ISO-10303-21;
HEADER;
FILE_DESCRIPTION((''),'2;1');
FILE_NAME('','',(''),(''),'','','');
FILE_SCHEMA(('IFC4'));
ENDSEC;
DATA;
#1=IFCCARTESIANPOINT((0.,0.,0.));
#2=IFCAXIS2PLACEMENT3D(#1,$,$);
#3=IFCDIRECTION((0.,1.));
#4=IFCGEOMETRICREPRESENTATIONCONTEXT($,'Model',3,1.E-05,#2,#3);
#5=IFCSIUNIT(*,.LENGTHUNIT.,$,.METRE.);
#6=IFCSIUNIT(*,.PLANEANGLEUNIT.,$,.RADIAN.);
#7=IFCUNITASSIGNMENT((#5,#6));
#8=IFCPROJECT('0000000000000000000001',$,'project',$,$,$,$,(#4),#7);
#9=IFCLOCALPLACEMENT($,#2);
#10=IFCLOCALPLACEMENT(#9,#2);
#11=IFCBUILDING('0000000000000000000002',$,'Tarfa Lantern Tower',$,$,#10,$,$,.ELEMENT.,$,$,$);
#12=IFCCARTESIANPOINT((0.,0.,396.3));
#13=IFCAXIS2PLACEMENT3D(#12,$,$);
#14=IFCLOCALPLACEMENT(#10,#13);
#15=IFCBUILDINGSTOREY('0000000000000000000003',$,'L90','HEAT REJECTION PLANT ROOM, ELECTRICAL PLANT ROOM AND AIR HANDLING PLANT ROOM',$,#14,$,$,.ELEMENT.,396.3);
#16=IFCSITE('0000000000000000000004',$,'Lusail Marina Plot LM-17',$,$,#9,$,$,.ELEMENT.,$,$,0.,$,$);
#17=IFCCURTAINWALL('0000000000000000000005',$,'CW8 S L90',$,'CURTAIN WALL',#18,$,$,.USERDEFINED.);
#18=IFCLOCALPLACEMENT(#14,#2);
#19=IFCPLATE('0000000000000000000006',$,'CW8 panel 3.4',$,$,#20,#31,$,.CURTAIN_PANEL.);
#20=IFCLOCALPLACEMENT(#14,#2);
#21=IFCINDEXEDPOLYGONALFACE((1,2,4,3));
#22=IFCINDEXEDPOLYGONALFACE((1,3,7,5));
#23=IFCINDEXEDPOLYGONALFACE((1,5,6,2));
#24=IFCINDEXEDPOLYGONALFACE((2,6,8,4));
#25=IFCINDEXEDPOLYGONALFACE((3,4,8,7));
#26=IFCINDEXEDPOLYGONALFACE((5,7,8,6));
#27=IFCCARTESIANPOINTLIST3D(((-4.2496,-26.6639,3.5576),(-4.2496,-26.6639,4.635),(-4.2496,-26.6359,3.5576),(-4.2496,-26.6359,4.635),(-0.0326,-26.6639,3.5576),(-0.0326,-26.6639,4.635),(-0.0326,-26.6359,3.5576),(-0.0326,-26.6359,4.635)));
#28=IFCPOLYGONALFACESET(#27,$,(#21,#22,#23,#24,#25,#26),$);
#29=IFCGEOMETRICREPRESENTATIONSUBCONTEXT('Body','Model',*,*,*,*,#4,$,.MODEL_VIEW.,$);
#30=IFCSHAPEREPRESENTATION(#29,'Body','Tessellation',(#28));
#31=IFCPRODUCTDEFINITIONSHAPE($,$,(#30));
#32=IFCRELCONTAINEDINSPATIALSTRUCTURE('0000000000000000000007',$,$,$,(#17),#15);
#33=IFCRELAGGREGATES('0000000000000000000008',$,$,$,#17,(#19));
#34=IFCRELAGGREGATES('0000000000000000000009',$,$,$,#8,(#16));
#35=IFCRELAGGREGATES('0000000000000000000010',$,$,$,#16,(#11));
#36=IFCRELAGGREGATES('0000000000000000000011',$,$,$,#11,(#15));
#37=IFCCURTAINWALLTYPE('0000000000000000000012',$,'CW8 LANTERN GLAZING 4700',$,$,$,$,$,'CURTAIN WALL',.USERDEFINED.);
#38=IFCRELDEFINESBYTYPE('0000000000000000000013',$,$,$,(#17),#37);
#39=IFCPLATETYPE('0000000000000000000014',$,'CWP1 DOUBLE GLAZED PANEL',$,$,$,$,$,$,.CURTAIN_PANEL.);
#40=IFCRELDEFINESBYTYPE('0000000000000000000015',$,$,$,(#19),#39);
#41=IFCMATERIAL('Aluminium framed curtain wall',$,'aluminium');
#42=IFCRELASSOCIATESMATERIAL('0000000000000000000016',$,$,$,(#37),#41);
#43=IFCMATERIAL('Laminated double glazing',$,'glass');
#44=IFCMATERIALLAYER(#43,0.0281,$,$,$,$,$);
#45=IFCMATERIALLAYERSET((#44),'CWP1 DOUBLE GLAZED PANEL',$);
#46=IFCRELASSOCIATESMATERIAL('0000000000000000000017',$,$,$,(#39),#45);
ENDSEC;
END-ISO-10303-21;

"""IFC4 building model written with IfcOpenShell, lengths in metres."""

from ifc_helpers import new_model, si_unit, direction, frame, origin, origin_2d, place, context, subcontext, project, spatial, rectangle, extrude, material, layer, layer_set, type_object, element, aggregate, save


model = new_model("IFC4")

# Units and contexts
model_context = context("Model", 3, precision=1e-05, world=origin(), true_north=direction((0.0, 1.0)))
body_context = subcontext(model_context, "Body", "Model", "MODEL_VIEW")
ifc_project = project(units=[si_unit("LENGTHUNIT", "METRE"), si_unit("PLANEANGLEUNIT", "RADIAN")], contexts=[model_context])

# Site, building, storey
site_placement = place(None, origin())
site = spatial("IfcSite", under=ifc_project, at=site_placement, Name="Lusail Marina Plot LM-17", CompositionType="ELEMENT", RefElevation=0.0)
building_placement = place(site_placement, origin())
building = spatial("IfcBuilding", under=site, at=building_placement, Name="Tarfa Lantern Tower", CompositionType="ELEMENT")
storey_placement = place(building_placement, frame((0.0, 0.0, 396.3)))
storey = spatial("IfcBuildingStorey", under=building, at=storey_placement, Name="L90", Description="HEAT REJECTION PLANT ROOM, ELECTRICAL PLANT ROOM AND AIR HANDLING PLANT ROOM", CompositionType="ELEMENT", Elevation=396.3)

# Shared definitions
ifc_material_1 = material(Name="Aluminium framed curtain wall", Category="aluminium")
curtain_wall_type = type_object("IfcCurtainWallType", Name="CW8 LANTERN GLAZING 4700", ElementType="CURTAIN WALL", PredefinedType="USERDEFINED", material=ifc_material_1)

# Curtain wall
curtain_wall_1_placement = place(storey_placement, origin())
curtain_wall_1 = element("IfcCurtainWall", 1, at=curtain_wall_1_placement, inside=storey, type_object=curtain_wall_type, Name="CW8 S L90", ObjectType="CURTAIN WALL", PredefinedType="USERDEFINED")

# Plate
ifc_material_2 = material(Name="Laminated double glazing", Category="glass")
ifc_layer = layer(ifc_material_2, 0.0281)
ifc_layer_set = layer_set([ifc_layer], Name="CWP1 DOUBLE GLAZED PANEL")
plate_type = type_object("IfcPlateType", Name="CWP1 DOUBLE GLAZED PANEL", PredefinedType="CURTAIN_PANEL", material=ifc_layer_set)
plate_1_placement = place(storey_placement, frame((-2.1411, -26.6499, 3.5576), z_axis=(0.0, 0.0, 1.0), x_axis=(1.0, 0.0, 0.0)))
plate_1 = element("IfcPlate", 2, at=plate_1_placement, type_object=plate_type, Name="CW8 panel 3.4", PredefinedType="CURTAIN_PANEL", context=body_context, shape_type="SweptSolid", body=[
    extrude(rectangle(XDim=4.217, YDim=0.0281, at=origin_2d()), origin(), (0.0, 0.0, 1.0), 1.0774),
])
aggregate(curtain_wall_1, [plate_1])

save(model, "model.ifc")
